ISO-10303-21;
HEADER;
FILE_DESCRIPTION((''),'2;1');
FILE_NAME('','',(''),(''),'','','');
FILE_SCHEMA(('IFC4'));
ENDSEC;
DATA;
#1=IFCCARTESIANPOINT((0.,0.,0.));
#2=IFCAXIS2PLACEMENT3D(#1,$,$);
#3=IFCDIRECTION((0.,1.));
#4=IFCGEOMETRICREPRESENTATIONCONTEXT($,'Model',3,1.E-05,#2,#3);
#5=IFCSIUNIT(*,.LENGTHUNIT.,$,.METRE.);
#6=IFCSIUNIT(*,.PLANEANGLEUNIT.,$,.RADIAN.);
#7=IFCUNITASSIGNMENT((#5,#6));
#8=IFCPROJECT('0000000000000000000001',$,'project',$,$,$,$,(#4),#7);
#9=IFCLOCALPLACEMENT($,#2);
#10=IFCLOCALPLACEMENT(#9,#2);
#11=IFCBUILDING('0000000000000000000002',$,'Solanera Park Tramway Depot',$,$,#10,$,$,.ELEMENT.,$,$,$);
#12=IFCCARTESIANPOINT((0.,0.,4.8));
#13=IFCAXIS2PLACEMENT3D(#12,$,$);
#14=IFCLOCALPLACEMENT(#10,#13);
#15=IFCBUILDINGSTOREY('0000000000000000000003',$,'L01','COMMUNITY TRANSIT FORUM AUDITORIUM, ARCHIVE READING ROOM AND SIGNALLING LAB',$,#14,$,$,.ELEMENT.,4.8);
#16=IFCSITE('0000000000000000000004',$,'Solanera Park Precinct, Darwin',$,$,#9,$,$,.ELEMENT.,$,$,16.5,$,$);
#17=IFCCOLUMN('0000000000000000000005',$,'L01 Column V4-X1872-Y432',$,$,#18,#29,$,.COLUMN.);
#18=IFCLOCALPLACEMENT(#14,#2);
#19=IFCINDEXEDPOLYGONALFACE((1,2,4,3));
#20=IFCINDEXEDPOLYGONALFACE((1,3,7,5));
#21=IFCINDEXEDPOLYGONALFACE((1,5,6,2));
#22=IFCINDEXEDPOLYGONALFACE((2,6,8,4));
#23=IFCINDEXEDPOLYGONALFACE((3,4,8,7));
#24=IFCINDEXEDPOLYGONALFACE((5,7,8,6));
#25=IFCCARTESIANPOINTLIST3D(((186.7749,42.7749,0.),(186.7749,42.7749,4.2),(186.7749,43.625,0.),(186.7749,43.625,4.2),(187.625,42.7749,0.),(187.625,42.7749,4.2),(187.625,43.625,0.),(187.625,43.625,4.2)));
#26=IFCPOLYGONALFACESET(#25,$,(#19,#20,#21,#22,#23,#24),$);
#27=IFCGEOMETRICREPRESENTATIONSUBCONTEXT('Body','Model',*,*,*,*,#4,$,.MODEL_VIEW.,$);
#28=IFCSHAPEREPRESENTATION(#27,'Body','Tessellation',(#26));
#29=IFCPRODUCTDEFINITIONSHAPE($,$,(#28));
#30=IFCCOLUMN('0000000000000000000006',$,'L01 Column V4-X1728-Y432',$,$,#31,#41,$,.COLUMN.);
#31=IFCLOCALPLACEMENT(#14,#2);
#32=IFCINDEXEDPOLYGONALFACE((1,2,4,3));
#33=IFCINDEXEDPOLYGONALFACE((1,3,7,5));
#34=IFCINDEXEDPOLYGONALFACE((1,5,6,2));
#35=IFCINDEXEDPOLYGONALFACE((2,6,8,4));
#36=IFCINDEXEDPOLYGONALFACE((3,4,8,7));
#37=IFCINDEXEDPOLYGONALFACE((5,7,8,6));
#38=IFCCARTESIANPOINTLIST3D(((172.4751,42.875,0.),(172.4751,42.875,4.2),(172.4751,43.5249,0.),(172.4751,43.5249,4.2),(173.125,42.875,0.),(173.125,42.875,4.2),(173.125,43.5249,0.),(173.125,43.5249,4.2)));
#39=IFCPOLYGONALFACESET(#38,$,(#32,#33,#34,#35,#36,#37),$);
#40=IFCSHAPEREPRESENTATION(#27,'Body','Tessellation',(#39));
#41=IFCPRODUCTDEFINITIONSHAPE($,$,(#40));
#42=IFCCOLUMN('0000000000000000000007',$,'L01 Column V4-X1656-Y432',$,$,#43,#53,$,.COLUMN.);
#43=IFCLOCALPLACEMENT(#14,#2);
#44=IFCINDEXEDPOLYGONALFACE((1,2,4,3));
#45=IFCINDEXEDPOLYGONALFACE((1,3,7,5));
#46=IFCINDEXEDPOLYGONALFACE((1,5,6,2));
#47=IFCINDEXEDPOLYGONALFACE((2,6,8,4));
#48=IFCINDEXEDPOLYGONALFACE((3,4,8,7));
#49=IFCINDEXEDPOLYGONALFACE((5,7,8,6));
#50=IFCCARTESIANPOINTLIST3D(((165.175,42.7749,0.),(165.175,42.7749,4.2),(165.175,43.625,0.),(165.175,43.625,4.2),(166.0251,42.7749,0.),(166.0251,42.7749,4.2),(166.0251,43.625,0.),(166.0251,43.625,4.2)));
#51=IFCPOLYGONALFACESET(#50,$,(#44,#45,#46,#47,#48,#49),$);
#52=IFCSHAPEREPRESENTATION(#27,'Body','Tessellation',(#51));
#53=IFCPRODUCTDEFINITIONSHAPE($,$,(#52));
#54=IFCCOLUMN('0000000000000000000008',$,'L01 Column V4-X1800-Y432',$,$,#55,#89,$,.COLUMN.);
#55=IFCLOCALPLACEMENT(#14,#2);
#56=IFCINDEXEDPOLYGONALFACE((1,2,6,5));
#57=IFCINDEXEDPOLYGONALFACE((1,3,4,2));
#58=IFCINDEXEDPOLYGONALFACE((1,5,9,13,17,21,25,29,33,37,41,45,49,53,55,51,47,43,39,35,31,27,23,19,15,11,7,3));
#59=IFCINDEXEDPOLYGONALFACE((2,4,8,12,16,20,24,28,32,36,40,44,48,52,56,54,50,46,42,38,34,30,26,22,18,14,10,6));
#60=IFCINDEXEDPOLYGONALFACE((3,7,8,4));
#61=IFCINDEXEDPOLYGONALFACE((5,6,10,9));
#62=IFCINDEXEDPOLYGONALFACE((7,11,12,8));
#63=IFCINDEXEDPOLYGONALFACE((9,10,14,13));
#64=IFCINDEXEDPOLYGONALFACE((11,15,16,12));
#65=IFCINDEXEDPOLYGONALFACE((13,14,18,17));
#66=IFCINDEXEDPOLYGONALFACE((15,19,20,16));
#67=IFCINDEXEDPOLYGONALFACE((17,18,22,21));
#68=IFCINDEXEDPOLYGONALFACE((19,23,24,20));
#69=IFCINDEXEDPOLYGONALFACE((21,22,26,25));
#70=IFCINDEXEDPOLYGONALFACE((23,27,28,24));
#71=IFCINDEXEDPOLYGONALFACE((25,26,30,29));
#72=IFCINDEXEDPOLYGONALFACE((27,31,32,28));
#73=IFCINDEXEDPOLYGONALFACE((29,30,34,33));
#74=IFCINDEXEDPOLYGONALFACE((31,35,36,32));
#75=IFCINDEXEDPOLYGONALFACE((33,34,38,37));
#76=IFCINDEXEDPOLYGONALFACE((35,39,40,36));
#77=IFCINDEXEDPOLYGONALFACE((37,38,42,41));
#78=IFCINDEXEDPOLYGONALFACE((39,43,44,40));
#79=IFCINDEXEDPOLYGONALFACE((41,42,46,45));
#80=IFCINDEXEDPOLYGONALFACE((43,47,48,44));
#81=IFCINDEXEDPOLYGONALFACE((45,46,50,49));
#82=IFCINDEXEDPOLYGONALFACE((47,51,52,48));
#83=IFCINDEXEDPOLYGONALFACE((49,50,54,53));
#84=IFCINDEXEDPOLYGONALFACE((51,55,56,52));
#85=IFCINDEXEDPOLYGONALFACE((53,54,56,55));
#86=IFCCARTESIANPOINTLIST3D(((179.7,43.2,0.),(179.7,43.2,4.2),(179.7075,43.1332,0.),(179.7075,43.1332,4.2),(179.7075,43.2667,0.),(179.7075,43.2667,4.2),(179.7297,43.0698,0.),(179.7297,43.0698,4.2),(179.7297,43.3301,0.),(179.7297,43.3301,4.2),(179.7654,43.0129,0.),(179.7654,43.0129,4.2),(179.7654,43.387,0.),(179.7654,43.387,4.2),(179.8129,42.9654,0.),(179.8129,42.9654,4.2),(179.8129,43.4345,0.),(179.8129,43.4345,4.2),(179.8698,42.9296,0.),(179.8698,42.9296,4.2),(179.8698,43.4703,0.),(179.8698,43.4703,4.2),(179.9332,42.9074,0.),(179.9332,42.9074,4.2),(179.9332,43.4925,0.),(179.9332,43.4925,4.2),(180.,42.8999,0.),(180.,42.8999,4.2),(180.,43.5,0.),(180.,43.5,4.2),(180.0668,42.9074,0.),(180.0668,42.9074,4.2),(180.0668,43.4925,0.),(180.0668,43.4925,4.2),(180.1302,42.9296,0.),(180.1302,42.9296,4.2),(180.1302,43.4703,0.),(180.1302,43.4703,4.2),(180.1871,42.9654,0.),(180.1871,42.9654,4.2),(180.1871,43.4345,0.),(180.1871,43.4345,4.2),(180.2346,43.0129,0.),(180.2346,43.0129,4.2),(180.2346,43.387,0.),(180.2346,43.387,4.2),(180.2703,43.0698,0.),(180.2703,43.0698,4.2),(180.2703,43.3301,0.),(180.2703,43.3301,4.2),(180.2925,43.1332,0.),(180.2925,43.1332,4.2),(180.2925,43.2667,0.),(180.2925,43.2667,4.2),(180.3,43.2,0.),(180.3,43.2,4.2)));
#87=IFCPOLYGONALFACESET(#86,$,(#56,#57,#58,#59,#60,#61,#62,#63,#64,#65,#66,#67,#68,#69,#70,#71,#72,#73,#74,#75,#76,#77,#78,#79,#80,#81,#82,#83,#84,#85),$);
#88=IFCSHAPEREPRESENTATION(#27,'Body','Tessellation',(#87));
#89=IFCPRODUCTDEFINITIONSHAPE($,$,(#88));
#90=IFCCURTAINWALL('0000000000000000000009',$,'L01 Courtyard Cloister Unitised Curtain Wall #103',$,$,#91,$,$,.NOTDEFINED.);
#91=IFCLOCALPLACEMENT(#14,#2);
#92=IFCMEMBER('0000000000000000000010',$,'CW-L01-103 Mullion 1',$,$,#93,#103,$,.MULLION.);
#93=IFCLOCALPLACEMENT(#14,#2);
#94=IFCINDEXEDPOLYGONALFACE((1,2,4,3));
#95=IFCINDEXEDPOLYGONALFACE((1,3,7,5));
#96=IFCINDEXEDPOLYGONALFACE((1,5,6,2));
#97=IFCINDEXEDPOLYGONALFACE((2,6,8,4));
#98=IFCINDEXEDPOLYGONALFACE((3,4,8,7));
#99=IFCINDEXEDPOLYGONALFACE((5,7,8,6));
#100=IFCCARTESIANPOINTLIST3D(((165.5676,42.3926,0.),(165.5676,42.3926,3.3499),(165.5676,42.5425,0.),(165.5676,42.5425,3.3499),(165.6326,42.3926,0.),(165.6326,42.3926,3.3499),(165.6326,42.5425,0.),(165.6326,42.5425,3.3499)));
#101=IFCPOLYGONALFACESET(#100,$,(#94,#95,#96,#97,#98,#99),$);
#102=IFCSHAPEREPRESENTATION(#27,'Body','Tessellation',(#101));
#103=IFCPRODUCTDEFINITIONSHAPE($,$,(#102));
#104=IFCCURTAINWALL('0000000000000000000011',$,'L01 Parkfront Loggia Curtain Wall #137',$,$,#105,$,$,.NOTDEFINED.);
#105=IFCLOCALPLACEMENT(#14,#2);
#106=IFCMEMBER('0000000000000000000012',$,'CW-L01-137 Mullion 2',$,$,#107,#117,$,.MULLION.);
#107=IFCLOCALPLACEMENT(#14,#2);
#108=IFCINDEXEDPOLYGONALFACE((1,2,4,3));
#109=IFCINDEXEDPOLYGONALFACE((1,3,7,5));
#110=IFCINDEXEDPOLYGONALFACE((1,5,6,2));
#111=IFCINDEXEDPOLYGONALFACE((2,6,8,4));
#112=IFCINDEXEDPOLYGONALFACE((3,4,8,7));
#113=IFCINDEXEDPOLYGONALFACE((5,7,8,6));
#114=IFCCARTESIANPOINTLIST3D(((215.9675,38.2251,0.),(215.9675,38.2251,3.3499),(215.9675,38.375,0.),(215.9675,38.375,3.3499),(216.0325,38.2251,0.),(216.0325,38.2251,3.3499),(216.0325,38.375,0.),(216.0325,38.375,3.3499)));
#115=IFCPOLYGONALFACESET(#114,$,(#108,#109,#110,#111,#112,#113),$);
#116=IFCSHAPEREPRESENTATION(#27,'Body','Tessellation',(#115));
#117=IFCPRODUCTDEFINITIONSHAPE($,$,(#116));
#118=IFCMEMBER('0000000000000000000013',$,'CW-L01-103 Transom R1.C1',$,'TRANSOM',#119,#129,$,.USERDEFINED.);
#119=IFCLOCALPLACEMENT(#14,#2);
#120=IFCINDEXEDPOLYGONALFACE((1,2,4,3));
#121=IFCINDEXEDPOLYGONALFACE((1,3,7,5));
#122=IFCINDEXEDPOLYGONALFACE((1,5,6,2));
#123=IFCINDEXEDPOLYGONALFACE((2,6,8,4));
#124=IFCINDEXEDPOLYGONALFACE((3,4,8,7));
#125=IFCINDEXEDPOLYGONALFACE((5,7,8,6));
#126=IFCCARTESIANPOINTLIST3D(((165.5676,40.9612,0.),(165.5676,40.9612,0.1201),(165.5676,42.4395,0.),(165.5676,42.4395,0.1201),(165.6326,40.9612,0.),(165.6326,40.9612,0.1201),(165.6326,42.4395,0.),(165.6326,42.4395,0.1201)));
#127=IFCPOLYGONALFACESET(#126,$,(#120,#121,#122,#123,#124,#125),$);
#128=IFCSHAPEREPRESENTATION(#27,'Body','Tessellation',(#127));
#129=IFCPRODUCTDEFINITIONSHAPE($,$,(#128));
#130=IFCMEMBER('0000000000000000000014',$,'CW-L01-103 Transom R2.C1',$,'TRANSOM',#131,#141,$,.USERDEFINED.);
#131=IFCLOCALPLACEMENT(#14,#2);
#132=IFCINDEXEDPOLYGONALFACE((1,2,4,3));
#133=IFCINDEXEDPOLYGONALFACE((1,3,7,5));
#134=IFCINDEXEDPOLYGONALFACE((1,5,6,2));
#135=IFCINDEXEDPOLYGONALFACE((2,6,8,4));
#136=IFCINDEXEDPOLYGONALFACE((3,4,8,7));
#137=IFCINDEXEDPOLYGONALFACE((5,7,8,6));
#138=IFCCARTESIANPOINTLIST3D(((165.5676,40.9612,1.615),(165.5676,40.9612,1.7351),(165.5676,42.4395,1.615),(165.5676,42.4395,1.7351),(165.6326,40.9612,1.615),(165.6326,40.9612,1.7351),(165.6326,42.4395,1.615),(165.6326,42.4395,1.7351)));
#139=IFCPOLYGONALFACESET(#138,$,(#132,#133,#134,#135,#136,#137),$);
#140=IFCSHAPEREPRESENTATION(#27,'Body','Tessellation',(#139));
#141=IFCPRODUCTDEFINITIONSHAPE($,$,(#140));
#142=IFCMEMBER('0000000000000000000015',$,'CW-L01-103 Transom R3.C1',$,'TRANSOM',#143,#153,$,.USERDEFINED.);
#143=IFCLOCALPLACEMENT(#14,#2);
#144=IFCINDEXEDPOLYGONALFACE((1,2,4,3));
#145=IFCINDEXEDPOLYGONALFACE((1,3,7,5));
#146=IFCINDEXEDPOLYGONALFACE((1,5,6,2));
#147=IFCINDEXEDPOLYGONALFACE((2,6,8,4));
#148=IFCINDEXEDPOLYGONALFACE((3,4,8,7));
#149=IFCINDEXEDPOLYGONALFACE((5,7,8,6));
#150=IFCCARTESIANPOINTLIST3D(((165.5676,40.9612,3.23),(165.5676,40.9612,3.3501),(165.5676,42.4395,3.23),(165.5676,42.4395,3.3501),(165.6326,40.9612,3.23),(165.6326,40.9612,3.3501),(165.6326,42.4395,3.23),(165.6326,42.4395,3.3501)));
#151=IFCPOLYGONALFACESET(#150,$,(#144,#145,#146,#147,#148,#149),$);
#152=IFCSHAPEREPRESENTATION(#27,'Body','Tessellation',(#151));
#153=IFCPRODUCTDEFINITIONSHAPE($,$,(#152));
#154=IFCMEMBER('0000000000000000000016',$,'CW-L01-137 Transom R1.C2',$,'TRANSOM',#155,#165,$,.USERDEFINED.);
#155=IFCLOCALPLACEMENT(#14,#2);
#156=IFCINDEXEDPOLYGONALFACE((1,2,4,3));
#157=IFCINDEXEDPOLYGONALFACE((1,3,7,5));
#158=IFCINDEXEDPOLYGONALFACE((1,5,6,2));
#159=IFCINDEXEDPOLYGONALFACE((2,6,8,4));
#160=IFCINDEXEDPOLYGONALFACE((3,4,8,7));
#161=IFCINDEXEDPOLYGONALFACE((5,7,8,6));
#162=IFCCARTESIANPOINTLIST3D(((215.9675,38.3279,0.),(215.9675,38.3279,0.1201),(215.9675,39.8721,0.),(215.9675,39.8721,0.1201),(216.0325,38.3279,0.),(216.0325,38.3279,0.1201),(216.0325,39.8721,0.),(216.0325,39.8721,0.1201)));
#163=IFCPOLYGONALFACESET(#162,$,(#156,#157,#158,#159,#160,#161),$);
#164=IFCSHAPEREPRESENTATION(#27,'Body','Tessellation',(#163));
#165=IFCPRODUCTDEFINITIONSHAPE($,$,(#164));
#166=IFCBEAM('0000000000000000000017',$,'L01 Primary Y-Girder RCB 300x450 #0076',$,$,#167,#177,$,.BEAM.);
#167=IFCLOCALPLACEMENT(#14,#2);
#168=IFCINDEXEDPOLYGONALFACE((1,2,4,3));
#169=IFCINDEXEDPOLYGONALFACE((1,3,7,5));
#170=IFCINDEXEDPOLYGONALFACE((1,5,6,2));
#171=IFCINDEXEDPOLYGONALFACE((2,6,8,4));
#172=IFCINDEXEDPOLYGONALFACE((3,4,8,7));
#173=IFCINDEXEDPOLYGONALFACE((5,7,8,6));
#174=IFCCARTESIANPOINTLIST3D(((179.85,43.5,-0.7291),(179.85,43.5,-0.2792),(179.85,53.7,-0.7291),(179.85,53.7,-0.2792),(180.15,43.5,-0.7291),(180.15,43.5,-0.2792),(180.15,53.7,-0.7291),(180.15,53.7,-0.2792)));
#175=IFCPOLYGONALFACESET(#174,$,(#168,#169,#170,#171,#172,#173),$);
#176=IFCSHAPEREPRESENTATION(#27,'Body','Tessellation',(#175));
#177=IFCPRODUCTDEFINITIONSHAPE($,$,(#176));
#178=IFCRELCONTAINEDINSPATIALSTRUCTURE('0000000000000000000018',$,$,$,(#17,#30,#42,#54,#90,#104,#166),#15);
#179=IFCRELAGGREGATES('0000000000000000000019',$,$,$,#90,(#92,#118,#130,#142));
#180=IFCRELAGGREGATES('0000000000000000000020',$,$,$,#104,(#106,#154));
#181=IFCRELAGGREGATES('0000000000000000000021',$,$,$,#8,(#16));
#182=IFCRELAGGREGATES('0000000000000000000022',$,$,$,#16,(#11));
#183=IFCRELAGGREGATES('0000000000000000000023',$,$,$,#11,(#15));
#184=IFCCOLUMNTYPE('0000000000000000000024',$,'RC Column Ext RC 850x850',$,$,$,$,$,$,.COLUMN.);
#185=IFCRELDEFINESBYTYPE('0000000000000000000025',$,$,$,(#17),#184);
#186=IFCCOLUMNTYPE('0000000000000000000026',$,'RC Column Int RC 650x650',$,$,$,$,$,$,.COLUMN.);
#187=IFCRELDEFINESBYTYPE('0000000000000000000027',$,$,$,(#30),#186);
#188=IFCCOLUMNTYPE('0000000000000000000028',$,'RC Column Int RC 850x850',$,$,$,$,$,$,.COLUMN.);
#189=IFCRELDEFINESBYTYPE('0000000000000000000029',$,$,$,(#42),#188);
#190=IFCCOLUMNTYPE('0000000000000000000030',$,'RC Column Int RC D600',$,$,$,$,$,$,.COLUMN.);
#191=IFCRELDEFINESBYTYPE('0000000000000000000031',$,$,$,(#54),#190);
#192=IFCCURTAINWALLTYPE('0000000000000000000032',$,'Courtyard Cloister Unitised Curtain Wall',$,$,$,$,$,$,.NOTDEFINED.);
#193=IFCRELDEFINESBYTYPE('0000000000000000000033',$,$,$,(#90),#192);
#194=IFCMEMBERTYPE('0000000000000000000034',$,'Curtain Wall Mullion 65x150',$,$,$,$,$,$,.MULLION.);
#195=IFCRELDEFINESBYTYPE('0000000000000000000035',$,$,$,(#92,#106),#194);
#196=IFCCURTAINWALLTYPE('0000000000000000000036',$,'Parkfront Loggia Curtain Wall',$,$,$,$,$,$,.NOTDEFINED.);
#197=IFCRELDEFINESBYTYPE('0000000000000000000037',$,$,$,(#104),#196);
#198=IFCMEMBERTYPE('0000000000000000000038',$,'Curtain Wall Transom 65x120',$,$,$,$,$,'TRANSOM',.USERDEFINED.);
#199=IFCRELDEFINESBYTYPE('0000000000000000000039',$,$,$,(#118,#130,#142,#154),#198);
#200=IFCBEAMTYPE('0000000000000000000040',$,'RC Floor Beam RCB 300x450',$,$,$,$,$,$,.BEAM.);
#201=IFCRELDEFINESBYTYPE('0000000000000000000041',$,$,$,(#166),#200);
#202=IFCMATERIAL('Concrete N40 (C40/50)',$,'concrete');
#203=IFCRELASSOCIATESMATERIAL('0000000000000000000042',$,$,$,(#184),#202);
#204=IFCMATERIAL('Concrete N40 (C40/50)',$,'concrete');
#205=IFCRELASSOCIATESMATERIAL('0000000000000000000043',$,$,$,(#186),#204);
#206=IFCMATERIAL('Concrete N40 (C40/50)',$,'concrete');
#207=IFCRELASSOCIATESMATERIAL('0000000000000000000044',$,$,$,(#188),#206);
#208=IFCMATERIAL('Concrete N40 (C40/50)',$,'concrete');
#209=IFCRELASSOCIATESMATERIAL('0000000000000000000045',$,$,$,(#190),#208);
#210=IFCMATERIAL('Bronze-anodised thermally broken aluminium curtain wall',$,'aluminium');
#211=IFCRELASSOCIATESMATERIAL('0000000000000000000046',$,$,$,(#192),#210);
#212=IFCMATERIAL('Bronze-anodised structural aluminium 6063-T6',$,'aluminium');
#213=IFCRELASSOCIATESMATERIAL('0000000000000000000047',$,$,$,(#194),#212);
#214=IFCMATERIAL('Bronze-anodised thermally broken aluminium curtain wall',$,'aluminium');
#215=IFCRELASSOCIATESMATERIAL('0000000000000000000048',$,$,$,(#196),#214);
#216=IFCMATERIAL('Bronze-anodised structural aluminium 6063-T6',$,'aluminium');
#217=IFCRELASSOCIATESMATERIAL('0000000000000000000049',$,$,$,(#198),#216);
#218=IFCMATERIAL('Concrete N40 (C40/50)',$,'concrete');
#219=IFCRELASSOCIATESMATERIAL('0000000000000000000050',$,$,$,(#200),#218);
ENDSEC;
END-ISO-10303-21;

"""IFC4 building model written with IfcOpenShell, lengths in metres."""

from ifc_helpers import new_model, si_unit, direction, frame, origin, origin_2d, place, context, subcontext, project, spatial, rectangle, circle, extrude, material, material_profile, profile_set, type_object, element, aggregate, save


model = new_model("IFC4")

# Units and contexts
model_context = context("Model", 3, precision=1e-05, world=origin(), true_north=direction((0.0, 1.0)))
body_context = subcontext(model_context, "Body", "Model", "MODEL_VIEW")
ifc_project = project(units=[si_unit("LENGTHUNIT", "METRE"), si_unit("PLANEANGLEUNIT", "RADIAN")], contexts=[model_context])

# Site, building, storey
site_placement = place(None, origin())
site = spatial("IfcSite", under=ifc_project, at=site_placement, Name="Solanera Park Precinct, Darwin", CompositionType="ELEMENT", RefElevation=16.5)
building_placement = place(site_placement, origin())
building = spatial("IfcBuilding", under=site, at=building_placement, Name="Solanera Park Tramway Depot", CompositionType="ELEMENT")
storey_placement = place(building_placement, frame((0.0, 0.0, 4.8)))
storey = spatial("IfcBuildingStorey", under=building, at=storey_placement, Name="L01", Description="COMMUNITY TRANSIT FORUM AUDITORIUM, ARCHIVE READING ROOM AND SIGNALLING LAB", CompositionType="ELEMENT", Elevation=4.8)

# Columns
ifc_material_1 = material(Name="Concrete N40 (C40/50)", Category="concrete")
ifc_material_profile_1 = material_profile(ifc_material_1, rectangle(XDim=0.8501, YDim=0.8501, at=origin_2d()), Name="RC 850x850")
ifc_profile_set_1 = profile_set([ifc_material_profile_1], Name="Concrete N40 (C40/50)")
column_type_1 = type_object("IfcColumnType", Name="RC Column Ext RC 850x850", PredefinedType="COLUMN", material=ifc_profile_set_1)
column_1_placement = place(storey_placement, frame((187.2, 43.2, 0.0), z_axis=(0.0, 0.0, 1.0), x_axis=(1.0, 0.0, 0.0)))
element("IfcColumn", 1, at=column_1_placement, inside=storey, type_object=column_type_1, Name="L01 Column V4-X1872-Y432", PredefinedType="COLUMN", context=body_context, shape_type="SweptSolid", body=[
    extrude(rectangle(XDim=0.8501, YDim=0.8501, at=origin_2d()), origin(), (0.0, 0.0, 1.0), 4.2),
])
ifc_material_2 = material(Name="Concrete N40 (C40/50)", Category="concrete")
ifc_material_profile_2 = material_profile(ifc_material_2, rectangle(XDim=0.6499, YDim=0.6499, at=origin_2d()), Name="RC 650x650")
ifc_profile_set_2 = profile_set([ifc_material_profile_2], Name="Concrete N40 (C40/50)")
column_type_2 = type_object("IfcColumnType", Name="RC Column Int RC 650x650", PredefinedType="COLUMN", material=ifc_profile_set_2)
column_2_placement = place(storey_placement, frame((172.8, 43.2, 0.0), z_axis=(0.0, 0.0, 1.0), x_axis=(1.0, 0.0, 0.0)))
element("IfcColumn", 2, at=column_2_placement, inside=storey, type_object=column_type_2, Name="L01 Column V4-X1728-Y432", PredefinedType="COLUMN", context=body_context, shape_type="SweptSolid", body=[
    extrude(rectangle(XDim=0.6499, YDim=0.6499, at=origin_2d()), origin(), (0.0, 0.0, 1.0), 4.2),
])
ifc_material_3 = material(Name="Concrete N40 (C40/50)", Category="concrete")
ifc_material_profile_3 = material_profile(ifc_material_3, rectangle(XDim=0.8501, YDim=0.8501, at=origin_2d()), Name="RC 850x850")
ifc_profile_set_3 = profile_set([ifc_material_profile_3], Name="Concrete N40 (C40/50)")
column_type_3 = type_object("IfcColumnType", Name="RC Column Int RC 850x850", PredefinedType="COLUMN", material=ifc_profile_set_3)
column_3_placement = place(storey_placement, frame((165.6001, 43.2, 0.0), z_axis=(0.0, 0.0, 1.0), x_axis=(1.0, 0.0, 0.0)))
element("IfcColumn", 3, at=column_3_placement, inside=storey, type_object=column_type_3, Name="L01 Column V4-X1656-Y432", PredefinedType="COLUMN", context=body_context, shape_type="SweptSolid", body=[
    extrude(rectangle(XDim=0.8501, YDim=0.8501, at=origin_2d()), origin(), (0.0, 0.0, 1.0), 4.2),
])
ifc_material_4 = material(Name="Concrete N40 (C40/50)", Category="concrete")
ifc_material_profile_4 = material_profile(ifc_material_4, circle(Radius=0.3, at=origin_2d()), Name="RC D600")
ifc_profile_set_4 = profile_set([ifc_material_profile_4], Name="Concrete N40 (C40/50)")
column_type_4 = type_object("IfcColumnType", Name="RC Column Int RC D600", PredefinedType="COLUMN", material=ifc_profile_set_4)
column_4_placement = place(storey_placement, frame((180.0, 43.2, 0.0), z_axis=(0.0, 0.0, 1.0), x_axis=(1.0, 0.0, 0.0)))
element("IfcColumn", 4, at=column_4_placement, inside=storey, type_object=column_type_4, Name="L01 Column V4-X1800-Y432", PredefinedType="COLUMN", context=body_context, shape_type="SweptSolid", body=[
    extrude(circle(Radius=0.3, at=origin_2d()), origin(), (0.0, 0.0, 1.0), 4.2),
])

# Curtain walls, members
ifc_material_5 = material(Name="Bronze-anodised thermally broken aluminium curtain wall", Category="aluminium")
curtain_wall_type_1 = type_object("IfcCurtainWallType", Name="Courtyard Cloister Unitised Curtain Wall", PredefinedType="NOTDEFINED", material=ifc_material_5)
curtain_wall_1_placement = place(storey_placement, origin())
curtain_wall_1 = element("IfcCurtainWall", 5, at=curtain_wall_1_placement, inside=storey, type_object=curtain_wall_type_1, Name="L01 Courtyard Cloister Unitised Curtain Wall #103", PredefinedType="NOTDEFINED")
ifc_material_6 = material(Name="Bronze-anodised structural aluminium 6063-T6", Category="aluminium")
ifc_material_profile_5 = material_profile(ifc_material_6, rectangle(XDim=0.0649, YDim=0.1499, at=origin_2d()), Name="Curtain Wall Mullion 65x150")
ifc_profile_set_5 = profile_set([ifc_material_profile_5], Name="Bronze-anodised structural aluminium 6063-T6")
member_type_1 = type_object("IfcMemberType", Name="Curtain Wall Mullion 65x150", PredefinedType="MULLION", material=ifc_profile_set_5)
member_1_placement = place(storey_placement, frame((165.6001, 42.4675, 0.0), z_axis=(0.0, 0.0, 1.0), x_axis=(1.0, 0.0, 0.0)))
member_1 = element("IfcMember", 6, at=member_1_placement, type_object=member_type_1, Name="CW-L01-103 Mullion 1", PredefinedType="MULLION", context=body_context, shape_type="SweptSolid", body=[
    extrude(rectangle(XDim=0.0649, YDim=0.1499, at=origin_2d()), origin(), (0.0, 0.0, 1.0), 3.3499),
])
ifc_material_7 = material(Name="Bronze-anodised thermally broken aluminium curtain wall", Category="aluminium")
curtain_wall_type_2 = type_object("IfcCurtainWallType", Name="Parkfront Loggia Curtain Wall", PredefinedType="NOTDEFINED", material=ifc_material_7)
curtain_wall_2_placement = place(storey_placement, origin())
curtain_wall_2 = element("IfcCurtainWall", 7, at=curtain_wall_2_placement, inside=storey, type_object=curtain_wall_type_2, Name="L01 Parkfront Loggia Curtain Wall #137", PredefinedType="NOTDEFINED")
member_2_placement = place(storey_placement, frame((216.0, 38.3, 0.0), z_axis=(0.0, 0.0, 1.0), x_axis=(1.0, 0.0, 0.0)))
member_2 = element("IfcMember", 8, at=member_2_placement, type_object=member_type_1, Name="CW-L01-137 Mullion 2", PredefinedType="MULLION", context=body_context, shape_type="SweptSolid", body=[
    extrude(rectangle(XDim=0.0649, YDim=0.1499, at=origin_2d()), origin(), (0.0, 0.0, 1.0), 3.3499),
])

# Members
ifc_material_8 = material(Name="Bronze-anodised structural aluminium 6063-T6", Category="aluminium")
ifc_material_profile_6 = material_profile(ifc_material_8, rectangle(XDim=0.0649, YDim=0.1201, at=origin_2d()), Name="Curtain Wall Transom 65x120")
ifc_profile_set_6 = profile_set([ifc_material_profile_6], Name="Bronze-anodised structural aluminium 6063-T6")
member_type_2 = type_object("IfcMemberType", Name="Curtain Wall Transom 65x120", ElementType="TRANSOM", PredefinedType="USERDEFINED", material=ifc_profile_set_6)
member_3_placement = place(storey_placement, frame((165.6001, 42.4395, 0.0601), z_axis=(0.0, -1.0, 0.0), x_axis=(1.0, 0.0, 0.0)))
member_3 = element("IfcMember", 9, at=member_3_placement, type_object=member_type_2, Name="CW-L01-103 Transom R1.C1", ObjectType="TRANSOM", PredefinedType="USERDEFINED", context=body_context, shape_type="SweptSolid", body=[
    extrude(rectangle(XDim=0.0649, YDim=0.1201, at=origin_2d()), origin(), (0.0, 0.0, 1.0), 1.4783),
])
member_4_placement = place(storey_placement, frame((165.6001, 42.4395, 1.675), z_axis=(0.0, -1.0, 0.0), x_axis=(1.0, 0.0, 0.0)))
member_4 = element("IfcMember", 10, at=member_4_placement, type_object=member_type_2, Name="CW-L01-103 Transom R2.C1", ObjectType="TRANSOM", PredefinedType="USERDEFINED", context=body_context, shape_type="SweptSolid", body=[
    extrude(rectangle(XDim=0.0649, YDim=0.1201, at=origin_2d()), origin(), (0.0, 0.0, 1.0), 1.4783),
])
member_5_placement = place(storey_placement, frame((165.6001, 42.4395, 3.29), z_axis=(0.0, -1.0, 0.0), x_axis=(1.0, 0.0, 0.0)))
member_5 = element("IfcMember", 11, at=member_5_placement, type_object=member_type_2, Name="CW-L01-103 Transom R3.C1", ObjectType="TRANSOM", PredefinedType="USERDEFINED", context=body_context, shape_type="SweptSolid", body=[
    extrude(rectangle(XDim=0.0649, YDim=0.1201, at=origin_2d()), origin(), (0.0, 0.0, 1.0), 1.4783),
])
member_6_placement = place(storey_placement, frame((216.0, 38.3279, 0.0601), z_axis=(0.0, 1.0, 0.0), x_axis=(-1.0, 0.0, 0.0)))
member_6 = element("IfcMember", 12, at=member_6_placement, type_object=member_type_2, Name="CW-L01-137 Transom R1.C2", ObjectType="TRANSOM", PredefinedType="USERDEFINED", context=body_context, shape_type="SweptSolid", body=[
    extrude(rectangle(XDim=0.0649, YDim=0.1201, at=origin_2d()), origin(), (0.0, 0.0, 1.0), 1.5442),
])

# Beam
ifc_material_9 = material(Name="Concrete N40 (C40/50)", Category="concrete")
ifc_material_profile_7 = material_profile(ifc_material_9, rectangle(XDim=0.3, YDim=0.45, at=origin_2d()), Name="RCB 300x450")
ifc_profile_set_7 = profile_set([ifc_material_profile_7], Name="Concrete N40 (C40/50)")
beam_type_1 = type_object("IfcBeamType", Name="RC Floor Beam RCB 300x450", PredefinedType="BEAM", material=ifc_profile_set_7)
beam_1_placement = place(storey_placement, frame((180.0, 43.5, -0.5042), z_axis=(0.0, 1.0, 0.0), x_axis=(-1.0, 0.0, 0.0)))
element("IfcBeam", 13, at=beam_1_placement, inside=storey, type_object=beam_type_1, Name="L01 Primary Y-Girder RCB 300x450 #0076", PredefinedType="BEAM", context=body_context, shape_type="SweptSolid", body=[
    extrude(rectangle(XDim=0.3, YDim=0.45, at=origin_2d()), origin(), (0.0, 0.0, 1.0), 10.2),
])

aggregate(curtain_wall_1, [member_1, member_3, member_4, member_5])
aggregate(curtain_wall_2, [member_2, member_6])

save(model, "model.ifc")
